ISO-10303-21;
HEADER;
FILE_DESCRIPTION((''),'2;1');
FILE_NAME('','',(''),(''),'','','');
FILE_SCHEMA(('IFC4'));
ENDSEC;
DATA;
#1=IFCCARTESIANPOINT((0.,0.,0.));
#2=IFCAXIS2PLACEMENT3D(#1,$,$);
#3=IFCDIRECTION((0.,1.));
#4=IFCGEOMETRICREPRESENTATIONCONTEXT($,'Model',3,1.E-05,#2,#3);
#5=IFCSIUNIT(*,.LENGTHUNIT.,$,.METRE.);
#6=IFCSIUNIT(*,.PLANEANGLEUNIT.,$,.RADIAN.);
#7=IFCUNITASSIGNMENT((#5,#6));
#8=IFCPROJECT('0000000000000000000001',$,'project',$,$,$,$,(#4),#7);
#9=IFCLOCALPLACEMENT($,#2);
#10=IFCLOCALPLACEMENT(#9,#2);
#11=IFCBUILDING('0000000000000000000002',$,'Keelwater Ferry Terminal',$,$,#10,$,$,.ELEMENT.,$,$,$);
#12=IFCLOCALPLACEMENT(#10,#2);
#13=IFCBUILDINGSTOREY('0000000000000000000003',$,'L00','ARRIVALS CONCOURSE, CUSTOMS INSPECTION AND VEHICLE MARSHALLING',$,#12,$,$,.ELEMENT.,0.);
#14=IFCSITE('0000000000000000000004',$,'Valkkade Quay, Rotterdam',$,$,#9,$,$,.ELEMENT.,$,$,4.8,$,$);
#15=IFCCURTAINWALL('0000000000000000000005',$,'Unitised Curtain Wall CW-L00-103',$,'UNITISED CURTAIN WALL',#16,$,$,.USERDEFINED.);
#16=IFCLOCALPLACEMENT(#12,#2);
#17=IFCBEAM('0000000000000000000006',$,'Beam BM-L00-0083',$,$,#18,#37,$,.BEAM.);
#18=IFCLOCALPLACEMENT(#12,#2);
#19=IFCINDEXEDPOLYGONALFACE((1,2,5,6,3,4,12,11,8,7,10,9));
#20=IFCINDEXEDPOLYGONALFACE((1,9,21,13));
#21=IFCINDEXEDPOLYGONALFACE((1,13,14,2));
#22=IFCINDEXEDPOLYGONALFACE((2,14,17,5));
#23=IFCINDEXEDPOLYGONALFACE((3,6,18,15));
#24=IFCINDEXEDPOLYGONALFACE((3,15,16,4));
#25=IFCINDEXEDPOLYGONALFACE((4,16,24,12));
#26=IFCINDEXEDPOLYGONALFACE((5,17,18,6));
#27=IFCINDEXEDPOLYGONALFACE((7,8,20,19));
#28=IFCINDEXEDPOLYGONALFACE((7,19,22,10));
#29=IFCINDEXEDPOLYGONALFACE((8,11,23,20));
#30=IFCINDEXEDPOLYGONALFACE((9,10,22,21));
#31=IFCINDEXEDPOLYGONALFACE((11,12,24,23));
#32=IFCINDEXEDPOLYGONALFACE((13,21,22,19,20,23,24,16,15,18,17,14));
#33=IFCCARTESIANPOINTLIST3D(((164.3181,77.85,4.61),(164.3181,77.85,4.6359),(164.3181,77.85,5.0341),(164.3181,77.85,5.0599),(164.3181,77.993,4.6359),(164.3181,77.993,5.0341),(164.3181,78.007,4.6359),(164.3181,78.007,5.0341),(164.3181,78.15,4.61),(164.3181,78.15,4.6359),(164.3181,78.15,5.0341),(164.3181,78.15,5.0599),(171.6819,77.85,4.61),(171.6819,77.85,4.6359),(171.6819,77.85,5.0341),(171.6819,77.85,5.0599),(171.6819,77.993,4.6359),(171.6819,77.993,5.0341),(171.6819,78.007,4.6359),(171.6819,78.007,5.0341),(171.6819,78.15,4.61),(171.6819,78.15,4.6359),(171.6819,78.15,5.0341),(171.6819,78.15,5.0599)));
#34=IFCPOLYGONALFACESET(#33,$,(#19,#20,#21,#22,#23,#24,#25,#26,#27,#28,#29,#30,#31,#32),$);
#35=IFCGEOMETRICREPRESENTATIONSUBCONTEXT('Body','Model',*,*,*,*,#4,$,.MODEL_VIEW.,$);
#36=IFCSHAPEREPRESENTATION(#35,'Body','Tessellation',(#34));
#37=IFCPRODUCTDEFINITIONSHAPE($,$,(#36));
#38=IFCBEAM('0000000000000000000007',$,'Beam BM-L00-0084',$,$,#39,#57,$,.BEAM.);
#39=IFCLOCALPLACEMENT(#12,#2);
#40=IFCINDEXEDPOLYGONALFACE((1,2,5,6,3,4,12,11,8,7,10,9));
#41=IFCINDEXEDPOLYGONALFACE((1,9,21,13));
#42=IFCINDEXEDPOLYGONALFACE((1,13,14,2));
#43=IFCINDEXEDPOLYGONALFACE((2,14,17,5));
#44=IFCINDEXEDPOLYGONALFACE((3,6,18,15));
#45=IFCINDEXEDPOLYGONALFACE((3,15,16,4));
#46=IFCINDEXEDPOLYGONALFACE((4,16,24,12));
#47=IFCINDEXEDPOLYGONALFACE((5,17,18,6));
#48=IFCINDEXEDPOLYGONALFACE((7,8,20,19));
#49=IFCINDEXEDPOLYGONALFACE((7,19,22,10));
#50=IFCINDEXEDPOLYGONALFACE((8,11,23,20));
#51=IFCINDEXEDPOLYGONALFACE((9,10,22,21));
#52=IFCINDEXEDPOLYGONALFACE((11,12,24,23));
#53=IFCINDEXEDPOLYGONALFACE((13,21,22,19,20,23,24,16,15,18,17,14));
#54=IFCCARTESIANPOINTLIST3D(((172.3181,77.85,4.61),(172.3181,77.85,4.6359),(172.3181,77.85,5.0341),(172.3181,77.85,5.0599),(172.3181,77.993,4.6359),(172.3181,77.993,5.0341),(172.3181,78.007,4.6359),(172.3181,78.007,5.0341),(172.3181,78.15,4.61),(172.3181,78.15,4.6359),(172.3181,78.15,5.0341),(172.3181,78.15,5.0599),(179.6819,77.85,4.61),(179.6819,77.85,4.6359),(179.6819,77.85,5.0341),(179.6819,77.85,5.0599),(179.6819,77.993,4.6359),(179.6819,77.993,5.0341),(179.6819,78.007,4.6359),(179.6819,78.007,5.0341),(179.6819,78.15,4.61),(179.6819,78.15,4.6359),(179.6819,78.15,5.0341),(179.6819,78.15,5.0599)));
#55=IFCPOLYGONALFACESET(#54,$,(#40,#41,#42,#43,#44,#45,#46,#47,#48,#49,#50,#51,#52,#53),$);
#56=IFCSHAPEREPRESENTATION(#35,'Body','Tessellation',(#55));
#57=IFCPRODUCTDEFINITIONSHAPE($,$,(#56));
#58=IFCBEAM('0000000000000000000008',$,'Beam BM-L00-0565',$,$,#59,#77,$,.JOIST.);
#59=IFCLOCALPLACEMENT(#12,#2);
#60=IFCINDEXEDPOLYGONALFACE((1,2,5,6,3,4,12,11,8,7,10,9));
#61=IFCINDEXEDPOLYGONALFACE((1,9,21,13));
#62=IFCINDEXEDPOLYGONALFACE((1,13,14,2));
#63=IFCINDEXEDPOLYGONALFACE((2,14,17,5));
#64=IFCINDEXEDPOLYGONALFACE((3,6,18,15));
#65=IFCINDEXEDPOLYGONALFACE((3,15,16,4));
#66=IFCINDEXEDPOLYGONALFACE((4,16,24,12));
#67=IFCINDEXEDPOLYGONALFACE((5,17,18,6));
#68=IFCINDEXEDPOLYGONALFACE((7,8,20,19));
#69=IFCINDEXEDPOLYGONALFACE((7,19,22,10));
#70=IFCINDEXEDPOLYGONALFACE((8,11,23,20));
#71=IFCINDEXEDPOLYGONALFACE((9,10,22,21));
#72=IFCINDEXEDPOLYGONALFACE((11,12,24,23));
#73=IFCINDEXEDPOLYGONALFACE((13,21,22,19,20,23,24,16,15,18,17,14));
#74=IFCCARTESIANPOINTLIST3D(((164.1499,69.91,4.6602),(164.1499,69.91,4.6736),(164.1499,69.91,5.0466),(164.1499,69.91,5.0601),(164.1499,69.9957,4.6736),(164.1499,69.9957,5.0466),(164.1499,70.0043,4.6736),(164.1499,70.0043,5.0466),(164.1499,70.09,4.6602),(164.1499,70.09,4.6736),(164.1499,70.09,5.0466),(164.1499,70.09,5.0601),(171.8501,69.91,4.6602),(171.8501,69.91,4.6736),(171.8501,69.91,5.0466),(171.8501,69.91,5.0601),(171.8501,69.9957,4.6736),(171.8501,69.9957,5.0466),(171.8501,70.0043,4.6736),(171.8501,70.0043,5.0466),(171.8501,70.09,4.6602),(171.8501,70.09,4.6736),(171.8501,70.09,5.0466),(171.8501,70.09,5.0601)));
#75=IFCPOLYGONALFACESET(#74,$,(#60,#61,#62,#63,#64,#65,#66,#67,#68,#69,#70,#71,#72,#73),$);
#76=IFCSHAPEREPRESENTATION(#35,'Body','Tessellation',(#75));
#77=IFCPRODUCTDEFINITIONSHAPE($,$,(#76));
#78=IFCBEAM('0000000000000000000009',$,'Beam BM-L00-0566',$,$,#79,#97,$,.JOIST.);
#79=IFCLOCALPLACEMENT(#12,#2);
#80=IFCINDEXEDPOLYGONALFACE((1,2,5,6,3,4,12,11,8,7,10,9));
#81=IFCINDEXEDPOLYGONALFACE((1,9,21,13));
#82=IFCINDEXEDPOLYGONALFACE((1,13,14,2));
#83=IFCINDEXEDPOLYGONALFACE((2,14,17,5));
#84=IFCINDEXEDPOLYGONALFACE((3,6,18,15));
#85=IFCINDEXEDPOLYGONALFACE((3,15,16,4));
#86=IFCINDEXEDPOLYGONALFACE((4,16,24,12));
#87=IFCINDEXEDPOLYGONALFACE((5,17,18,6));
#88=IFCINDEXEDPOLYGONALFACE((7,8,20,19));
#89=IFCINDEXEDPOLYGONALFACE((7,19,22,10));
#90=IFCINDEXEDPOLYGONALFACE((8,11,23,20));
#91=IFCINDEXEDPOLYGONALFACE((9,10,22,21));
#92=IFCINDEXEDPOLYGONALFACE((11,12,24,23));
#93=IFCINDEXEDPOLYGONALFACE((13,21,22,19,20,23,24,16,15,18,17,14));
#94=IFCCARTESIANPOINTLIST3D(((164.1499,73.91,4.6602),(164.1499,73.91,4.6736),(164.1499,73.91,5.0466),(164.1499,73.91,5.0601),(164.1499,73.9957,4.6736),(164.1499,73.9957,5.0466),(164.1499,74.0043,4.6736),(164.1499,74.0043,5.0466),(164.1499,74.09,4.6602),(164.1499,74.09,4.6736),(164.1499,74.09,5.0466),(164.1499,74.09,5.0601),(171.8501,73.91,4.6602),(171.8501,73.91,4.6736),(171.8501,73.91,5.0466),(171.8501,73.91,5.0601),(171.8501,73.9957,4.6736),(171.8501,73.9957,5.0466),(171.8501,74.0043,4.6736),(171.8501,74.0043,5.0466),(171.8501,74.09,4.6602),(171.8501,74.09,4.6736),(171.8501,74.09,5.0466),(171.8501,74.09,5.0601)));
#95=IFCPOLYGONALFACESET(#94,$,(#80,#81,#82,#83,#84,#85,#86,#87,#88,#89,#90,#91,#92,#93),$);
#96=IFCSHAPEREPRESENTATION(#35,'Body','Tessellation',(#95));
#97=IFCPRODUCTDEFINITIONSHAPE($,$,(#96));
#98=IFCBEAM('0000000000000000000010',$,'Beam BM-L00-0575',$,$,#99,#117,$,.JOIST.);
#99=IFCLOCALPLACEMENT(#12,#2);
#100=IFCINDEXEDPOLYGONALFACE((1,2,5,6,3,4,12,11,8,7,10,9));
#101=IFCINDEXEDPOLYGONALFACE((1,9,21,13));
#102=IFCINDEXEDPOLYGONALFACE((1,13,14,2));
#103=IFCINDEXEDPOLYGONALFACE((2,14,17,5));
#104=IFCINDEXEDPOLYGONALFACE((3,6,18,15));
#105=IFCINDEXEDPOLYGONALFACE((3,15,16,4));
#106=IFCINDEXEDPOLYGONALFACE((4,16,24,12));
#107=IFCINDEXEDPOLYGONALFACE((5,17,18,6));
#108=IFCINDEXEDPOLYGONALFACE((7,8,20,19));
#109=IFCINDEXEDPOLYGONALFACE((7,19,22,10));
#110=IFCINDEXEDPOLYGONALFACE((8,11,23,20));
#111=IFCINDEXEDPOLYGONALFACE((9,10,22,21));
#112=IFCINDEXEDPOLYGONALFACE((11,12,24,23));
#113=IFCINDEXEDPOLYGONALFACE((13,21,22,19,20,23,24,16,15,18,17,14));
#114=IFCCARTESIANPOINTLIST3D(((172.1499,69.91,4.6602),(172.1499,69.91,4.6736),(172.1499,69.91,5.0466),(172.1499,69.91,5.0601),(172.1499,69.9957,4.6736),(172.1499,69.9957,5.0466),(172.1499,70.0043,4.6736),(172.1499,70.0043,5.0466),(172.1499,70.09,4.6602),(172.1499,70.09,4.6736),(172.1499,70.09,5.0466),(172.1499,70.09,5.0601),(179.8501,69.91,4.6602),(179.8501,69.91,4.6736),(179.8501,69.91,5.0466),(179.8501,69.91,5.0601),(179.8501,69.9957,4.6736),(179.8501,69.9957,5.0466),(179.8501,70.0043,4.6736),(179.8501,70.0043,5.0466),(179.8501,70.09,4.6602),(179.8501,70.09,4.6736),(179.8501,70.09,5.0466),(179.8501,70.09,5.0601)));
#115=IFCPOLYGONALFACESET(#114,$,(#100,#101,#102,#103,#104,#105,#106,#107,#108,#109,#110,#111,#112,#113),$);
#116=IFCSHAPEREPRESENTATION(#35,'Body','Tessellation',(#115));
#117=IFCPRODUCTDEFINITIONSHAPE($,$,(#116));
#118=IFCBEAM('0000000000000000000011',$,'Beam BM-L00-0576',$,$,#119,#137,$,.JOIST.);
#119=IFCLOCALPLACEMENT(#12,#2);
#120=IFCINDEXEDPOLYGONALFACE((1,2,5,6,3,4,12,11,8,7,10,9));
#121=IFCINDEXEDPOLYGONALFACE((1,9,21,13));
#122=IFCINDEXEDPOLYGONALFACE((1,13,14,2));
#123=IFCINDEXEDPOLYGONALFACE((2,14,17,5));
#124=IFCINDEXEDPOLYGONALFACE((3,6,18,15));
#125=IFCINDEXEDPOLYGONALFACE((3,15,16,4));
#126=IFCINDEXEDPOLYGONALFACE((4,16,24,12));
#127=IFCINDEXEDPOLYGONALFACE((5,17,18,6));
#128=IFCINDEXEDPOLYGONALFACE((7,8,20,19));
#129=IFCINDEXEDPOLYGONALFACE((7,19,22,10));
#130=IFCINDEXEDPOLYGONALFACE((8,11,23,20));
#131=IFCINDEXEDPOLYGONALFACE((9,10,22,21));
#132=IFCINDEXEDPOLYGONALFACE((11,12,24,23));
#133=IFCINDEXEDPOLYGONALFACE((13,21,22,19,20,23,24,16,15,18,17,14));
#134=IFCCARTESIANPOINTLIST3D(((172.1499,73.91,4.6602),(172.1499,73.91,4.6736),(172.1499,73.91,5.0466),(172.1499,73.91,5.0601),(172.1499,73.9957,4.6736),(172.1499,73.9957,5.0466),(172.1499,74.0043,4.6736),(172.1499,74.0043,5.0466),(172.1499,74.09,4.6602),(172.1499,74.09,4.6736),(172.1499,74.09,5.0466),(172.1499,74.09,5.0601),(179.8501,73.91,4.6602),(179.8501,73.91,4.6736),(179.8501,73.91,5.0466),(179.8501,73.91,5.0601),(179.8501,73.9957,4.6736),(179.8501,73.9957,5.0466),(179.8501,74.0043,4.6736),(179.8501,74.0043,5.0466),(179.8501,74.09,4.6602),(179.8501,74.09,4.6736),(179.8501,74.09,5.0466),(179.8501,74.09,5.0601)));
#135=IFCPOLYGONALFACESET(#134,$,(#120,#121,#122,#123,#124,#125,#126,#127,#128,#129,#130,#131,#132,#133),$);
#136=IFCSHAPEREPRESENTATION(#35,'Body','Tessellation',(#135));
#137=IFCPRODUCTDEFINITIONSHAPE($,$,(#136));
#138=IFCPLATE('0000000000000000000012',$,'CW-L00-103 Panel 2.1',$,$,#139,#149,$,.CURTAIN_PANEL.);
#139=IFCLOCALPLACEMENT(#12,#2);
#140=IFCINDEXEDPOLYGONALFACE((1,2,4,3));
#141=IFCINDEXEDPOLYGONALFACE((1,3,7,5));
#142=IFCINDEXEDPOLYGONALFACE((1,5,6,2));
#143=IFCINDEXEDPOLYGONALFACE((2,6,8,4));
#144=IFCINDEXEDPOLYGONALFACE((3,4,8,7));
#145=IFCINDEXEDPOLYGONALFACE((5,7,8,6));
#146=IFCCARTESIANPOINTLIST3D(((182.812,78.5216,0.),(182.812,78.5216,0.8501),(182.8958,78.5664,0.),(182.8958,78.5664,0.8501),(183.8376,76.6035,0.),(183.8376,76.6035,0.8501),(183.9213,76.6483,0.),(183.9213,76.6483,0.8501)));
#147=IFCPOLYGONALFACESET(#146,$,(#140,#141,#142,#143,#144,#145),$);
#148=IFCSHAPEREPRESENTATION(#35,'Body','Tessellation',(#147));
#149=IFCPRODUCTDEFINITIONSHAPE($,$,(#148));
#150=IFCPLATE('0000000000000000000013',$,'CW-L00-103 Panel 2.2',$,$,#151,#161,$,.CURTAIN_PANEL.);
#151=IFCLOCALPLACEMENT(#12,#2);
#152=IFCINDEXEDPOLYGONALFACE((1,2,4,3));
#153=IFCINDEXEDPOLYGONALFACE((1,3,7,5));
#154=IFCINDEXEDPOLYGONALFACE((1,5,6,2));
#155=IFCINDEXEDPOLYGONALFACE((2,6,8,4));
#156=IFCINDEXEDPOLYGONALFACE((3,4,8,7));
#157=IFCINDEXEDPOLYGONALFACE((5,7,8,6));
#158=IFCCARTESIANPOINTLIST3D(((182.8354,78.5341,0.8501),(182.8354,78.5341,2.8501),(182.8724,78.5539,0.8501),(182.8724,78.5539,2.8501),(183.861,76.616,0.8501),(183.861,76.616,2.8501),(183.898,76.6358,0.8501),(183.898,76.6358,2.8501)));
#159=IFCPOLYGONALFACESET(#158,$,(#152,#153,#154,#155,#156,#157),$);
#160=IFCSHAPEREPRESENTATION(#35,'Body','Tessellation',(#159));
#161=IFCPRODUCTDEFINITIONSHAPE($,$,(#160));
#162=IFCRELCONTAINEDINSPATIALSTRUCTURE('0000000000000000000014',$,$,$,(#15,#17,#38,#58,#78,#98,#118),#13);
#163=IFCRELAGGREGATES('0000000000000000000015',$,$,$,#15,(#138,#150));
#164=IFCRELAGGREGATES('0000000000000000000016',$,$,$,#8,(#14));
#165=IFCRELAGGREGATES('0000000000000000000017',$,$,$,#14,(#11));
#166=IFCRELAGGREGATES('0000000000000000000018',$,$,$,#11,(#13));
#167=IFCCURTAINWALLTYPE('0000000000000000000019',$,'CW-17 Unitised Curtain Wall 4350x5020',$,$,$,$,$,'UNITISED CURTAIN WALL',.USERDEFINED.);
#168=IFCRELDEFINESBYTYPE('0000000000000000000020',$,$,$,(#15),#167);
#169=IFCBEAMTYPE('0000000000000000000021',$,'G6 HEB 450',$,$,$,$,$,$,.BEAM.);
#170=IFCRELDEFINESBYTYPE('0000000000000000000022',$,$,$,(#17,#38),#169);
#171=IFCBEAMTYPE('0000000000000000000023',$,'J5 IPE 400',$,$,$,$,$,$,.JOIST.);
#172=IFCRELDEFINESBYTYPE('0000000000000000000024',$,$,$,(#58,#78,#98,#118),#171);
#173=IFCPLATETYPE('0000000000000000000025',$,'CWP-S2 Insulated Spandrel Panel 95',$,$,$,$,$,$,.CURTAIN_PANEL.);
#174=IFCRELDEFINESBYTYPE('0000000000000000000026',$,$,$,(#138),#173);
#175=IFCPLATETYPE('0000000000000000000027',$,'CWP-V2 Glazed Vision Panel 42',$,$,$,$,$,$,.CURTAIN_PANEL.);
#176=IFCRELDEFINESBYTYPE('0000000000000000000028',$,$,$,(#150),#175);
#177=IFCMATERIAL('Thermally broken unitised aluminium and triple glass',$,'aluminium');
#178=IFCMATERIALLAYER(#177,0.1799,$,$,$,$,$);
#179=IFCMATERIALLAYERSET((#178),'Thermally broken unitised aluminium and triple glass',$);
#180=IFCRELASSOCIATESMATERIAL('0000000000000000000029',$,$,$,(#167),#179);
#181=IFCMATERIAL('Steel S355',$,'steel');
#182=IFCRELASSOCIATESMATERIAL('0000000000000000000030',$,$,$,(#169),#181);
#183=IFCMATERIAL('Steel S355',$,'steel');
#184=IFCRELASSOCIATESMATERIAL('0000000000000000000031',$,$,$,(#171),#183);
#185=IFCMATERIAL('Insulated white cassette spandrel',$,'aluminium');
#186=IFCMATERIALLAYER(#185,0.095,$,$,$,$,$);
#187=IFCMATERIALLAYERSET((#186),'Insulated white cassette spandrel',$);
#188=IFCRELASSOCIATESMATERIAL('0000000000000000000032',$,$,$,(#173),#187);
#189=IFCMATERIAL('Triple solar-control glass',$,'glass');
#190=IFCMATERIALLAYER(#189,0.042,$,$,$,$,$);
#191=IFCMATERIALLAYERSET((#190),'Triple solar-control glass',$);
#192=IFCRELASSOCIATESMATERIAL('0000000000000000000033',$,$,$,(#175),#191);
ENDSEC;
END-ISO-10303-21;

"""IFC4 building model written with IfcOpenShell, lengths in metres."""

from ifc_helpers import new_model, si_unit, direction, frame, origin, origin_2d, place, context, subcontext, project, spatial, rectangle, i_section, extrude, material, layer, layer_set, material_profile, profile_set, type_object, element, aggregate, save


model = new_model("IFC4")

# Units and contexts
model_context = context("Model", 3, precision=1e-05, world=origin(), true_north=direction((0.0, 1.0)))
body_context = subcontext(model_context, "Body", "Model", "MODEL_VIEW")
ifc_project = project(units=[si_unit("LENGTHUNIT", "METRE"), si_unit("PLANEANGLEUNIT", "RADIAN")], contexts=[model_context])

# Site, building, storey
site_placement = place(None, origin())
site = spatial("IfcSite", under=ifc_project, at=site_placement, Name="Valkkade Quay, Rotterdam", CompositionType="ELEMENT", RefElevation=4.8)
building_placement = place(site_placement, origin())
building = spatial("IfcBuilding", under=site, at=building_placement, Name="Keelwater Ferry Terminal", CompositionType="ELEMENT")
storey_placement = place(building_placement, origin())
storey = spatial("IfcBuildingStorey", under=building, at=storey_placement, Name="L00", Description="ARRIVALS CONCOURSE, CUSTOMS INSPECTION AND VEHICLE MARSHALLING", CompositionType="ELEMENT", Elevation=0.0)

# Curtain wall
ifc_material_1 = material(Name="Thermally broken unitised aluminium and triple glass", Category="aluminium")
ifc_layer_1 = layer(ifc_material_1, 0.1799)
ifc_layer_set_1 = layer_set([ifc_layer_1], Name="Thermally broken unitised aluminium and triple glass")
curtain_wall_type = type_object("IfcCurtainWallType", Name="CW-17 Unitised Curtain Wall 4350x5020", ElementType="UNITISED CURTAIN WALL", PredefinedType="USERDEFINED", material=ifc_layer_set_1)
curtain_wall_1_placement = place(storey_placement, origin())
curtain_wall_1 = element("IfcCurtainWall", 1, at=curtain_wall_1_placement, inside=storey, type_object=curtain_wall_type, Name="Unitised Curtain Wall CW-L00-103", ObjectType="UNITISED CURTAIN WALL", PredefinedType="USERDEFINED")

# Beams
ifc_material_2 = material(Name="Steel S355", Category="steel")
ifc_material_profile_1 = material_profile(ifc_material_2, i_section(OverallWidth=0.3, OverallDepth=0.45, WebThickness=0.0139, FlangeThickness=0.0259, at=origin_2d()), Name="HEB 450")
ifc_profile_set_1 = profile_set([ifc_material_profile_1], Name="Steel S355")
beam_type_1 = type_object("IfcBeamType", Name="G6 HEB 450", PredefinedType="BEAM", material=ifc_profile_set_1)
for number, where, z_axis, x_axis, name in (
    (2, (164.3181, 78.0, 4.835), (1.0, 0.0, 0.0), (0.0, 1.0, 0.0), "Beam BM-L00-0083"),
    (3, (172.3181, 78.0, 4.835), (1.0, 0.0, 0.0), (0.0, 1.0, 0.0), "Beam BM-L00-0084"),
):
    element("IfcBeam", number, at=place(storey_placement, frame(where, z_axis=z_axis, x_axis=x_axis)), inside=storey, type_object=beam_type_1, Name=name, PredefinedType="BEAM", context=body_context, shape_type="SweptSolid", body=[
        extrude(i_section(OverallWidth=0.3, OverallDepth=0.45, WebThickness=0.0139, FlangeThickness=0.0259, at=origin_2d()), origin(), (0.0, 0.0, 1.0), 7.3638),
    ])
ifc_material_3 = material(Name="Steel S355", Category="steel")
ifc_material_profile_2 = material_profile(ifc_material_3, i_section(OverallWidth=0.1799, OverallDepth=0.3999, WebThickness=0.0085, FlangeThickness=0.0134, at=origin_2d()), Name="IPE 400")
ifc_profile_set_2 = profile_set([ifc_material_profile_2], Name="Steel S355")
beam_type_2 = type_object("IfcBeamType", Name="J5 IPE 400", PredefinedType="JOIST", material=ifc_profile_set_2)
for number, where, z_axis, x_axis, name in (
    (4, (164.1499, 70.0, 4.8601), (1.0, 0.0, 0.0), (0.0, 1.0, 0.0), "Beam BM-L00-0565"),
    (5, (164.1499, 74.0, 4.8601), (1.0, 0.0, 0.0), (0.0, 1.0, 0.0), "Beam BM-L00-0566"),
    (6, (172.1499, 70.0, 4.8601), (1.0, 0.0, 0.0), (0.0, 1.0, 0.0), "Beam BM-L00-0575"),
    (7, (172.1499, 74.0, 4.8601), (1.0, 0.0, 0.0), (0.0, 1.0, 0.0), "Beam BM-L00-0576"),
):
    element("IfcBeam", number, at=place(storey_placement, frame(where, z_axis=z_axis, x_axis=x_axis)), inside=storey, type_object=beam_type_2, Name=name, PredefinedType="JOIST", context=body_context, shape_type="SweptSolid", body=[
        extrude(i_section(OverallWidth=0.1799, OverallDepth=0.3999, WebThickness=0.0085, FlangeThickness=0.0134, at=origin_2d()), origin(), (0.0, 0.0, 1.0), 7.7002),
    ])

# Plates
ifc_material_4 = material(Name="Insulated white cassette spandrel", Category="aluminium")
ifc_layer_2 = layer(ifc_material_4, 0.095)
ifc_layer_set_2 = layer_set([ifc_layer_2], Name="Insulated white cassette spandrel")
plate_type_1 = type_object("IfcPlateType", Name="CWP-S2 Insulated Spandrel Panel 95", PredefinedType="CURTAIN_PANEL", material=ifc_layer_set_2)
plate_1_placement = place(storey_placement, frame((183.3667, 77.585, 0.0), z_axis=(0.0, 0.0, 1.0), x_axis=(-0.471507, 0.881862, 0.0)))
plate_1 = element("IfcPlate", 8, at=plate_1_placement, type_object=plate_type_1, Name="CW-L00-103 Panel 2.1", PredefinedType="CURTAIN_PANEL", context=body_context, shape_type="SweptSolid", body=[
    extrude(rectangle(XDim=2.175, YDim=0.095, at=origin_2d()), origin(), (0.0, 0.0, 1.0), 0.8501),
])
ifc_material_5 = material(Name="Triple solar-control glass", Category="glass")
ifc_layer_3 = layer(ifc_material_5, 0.042)
ifc_layer_set_3 = layer_set([ifc_layer_3], Name="Triple solar-control glass")
plate_type_2 = type_object("IfcPlateType", Name="CWP-V2 Glazed Vision Panel 42", PredefinedType="CURTAIN_PANEL", material=ifc_layer_set_3)
plate_2_placement = place(storey_placement, frame((183.3667, 77.585, 0.8501), z_axis=(0.0, 0.0, 1.0), x_axis=(-0.471507, 0.881862, 0.0)))
plate_2 = element("IfcPlate", 9, at=plate_2_placement, type_object=plate_type_2, Name="CW-L00-103 Panel 2.2", PredefinedType="CURTAIN_PANEL", context=body_context, shape_type="SweptSolid", body=[
    extrude(rectangle(XDim=2.175, YDim=0.042, at=origin_2d()), origin(), (0.0, 0.0, 1.0), 2.0),
])
aggregate(curtain_wall_1, [plate_1, plate_2])

save(model, "model.ifc")
